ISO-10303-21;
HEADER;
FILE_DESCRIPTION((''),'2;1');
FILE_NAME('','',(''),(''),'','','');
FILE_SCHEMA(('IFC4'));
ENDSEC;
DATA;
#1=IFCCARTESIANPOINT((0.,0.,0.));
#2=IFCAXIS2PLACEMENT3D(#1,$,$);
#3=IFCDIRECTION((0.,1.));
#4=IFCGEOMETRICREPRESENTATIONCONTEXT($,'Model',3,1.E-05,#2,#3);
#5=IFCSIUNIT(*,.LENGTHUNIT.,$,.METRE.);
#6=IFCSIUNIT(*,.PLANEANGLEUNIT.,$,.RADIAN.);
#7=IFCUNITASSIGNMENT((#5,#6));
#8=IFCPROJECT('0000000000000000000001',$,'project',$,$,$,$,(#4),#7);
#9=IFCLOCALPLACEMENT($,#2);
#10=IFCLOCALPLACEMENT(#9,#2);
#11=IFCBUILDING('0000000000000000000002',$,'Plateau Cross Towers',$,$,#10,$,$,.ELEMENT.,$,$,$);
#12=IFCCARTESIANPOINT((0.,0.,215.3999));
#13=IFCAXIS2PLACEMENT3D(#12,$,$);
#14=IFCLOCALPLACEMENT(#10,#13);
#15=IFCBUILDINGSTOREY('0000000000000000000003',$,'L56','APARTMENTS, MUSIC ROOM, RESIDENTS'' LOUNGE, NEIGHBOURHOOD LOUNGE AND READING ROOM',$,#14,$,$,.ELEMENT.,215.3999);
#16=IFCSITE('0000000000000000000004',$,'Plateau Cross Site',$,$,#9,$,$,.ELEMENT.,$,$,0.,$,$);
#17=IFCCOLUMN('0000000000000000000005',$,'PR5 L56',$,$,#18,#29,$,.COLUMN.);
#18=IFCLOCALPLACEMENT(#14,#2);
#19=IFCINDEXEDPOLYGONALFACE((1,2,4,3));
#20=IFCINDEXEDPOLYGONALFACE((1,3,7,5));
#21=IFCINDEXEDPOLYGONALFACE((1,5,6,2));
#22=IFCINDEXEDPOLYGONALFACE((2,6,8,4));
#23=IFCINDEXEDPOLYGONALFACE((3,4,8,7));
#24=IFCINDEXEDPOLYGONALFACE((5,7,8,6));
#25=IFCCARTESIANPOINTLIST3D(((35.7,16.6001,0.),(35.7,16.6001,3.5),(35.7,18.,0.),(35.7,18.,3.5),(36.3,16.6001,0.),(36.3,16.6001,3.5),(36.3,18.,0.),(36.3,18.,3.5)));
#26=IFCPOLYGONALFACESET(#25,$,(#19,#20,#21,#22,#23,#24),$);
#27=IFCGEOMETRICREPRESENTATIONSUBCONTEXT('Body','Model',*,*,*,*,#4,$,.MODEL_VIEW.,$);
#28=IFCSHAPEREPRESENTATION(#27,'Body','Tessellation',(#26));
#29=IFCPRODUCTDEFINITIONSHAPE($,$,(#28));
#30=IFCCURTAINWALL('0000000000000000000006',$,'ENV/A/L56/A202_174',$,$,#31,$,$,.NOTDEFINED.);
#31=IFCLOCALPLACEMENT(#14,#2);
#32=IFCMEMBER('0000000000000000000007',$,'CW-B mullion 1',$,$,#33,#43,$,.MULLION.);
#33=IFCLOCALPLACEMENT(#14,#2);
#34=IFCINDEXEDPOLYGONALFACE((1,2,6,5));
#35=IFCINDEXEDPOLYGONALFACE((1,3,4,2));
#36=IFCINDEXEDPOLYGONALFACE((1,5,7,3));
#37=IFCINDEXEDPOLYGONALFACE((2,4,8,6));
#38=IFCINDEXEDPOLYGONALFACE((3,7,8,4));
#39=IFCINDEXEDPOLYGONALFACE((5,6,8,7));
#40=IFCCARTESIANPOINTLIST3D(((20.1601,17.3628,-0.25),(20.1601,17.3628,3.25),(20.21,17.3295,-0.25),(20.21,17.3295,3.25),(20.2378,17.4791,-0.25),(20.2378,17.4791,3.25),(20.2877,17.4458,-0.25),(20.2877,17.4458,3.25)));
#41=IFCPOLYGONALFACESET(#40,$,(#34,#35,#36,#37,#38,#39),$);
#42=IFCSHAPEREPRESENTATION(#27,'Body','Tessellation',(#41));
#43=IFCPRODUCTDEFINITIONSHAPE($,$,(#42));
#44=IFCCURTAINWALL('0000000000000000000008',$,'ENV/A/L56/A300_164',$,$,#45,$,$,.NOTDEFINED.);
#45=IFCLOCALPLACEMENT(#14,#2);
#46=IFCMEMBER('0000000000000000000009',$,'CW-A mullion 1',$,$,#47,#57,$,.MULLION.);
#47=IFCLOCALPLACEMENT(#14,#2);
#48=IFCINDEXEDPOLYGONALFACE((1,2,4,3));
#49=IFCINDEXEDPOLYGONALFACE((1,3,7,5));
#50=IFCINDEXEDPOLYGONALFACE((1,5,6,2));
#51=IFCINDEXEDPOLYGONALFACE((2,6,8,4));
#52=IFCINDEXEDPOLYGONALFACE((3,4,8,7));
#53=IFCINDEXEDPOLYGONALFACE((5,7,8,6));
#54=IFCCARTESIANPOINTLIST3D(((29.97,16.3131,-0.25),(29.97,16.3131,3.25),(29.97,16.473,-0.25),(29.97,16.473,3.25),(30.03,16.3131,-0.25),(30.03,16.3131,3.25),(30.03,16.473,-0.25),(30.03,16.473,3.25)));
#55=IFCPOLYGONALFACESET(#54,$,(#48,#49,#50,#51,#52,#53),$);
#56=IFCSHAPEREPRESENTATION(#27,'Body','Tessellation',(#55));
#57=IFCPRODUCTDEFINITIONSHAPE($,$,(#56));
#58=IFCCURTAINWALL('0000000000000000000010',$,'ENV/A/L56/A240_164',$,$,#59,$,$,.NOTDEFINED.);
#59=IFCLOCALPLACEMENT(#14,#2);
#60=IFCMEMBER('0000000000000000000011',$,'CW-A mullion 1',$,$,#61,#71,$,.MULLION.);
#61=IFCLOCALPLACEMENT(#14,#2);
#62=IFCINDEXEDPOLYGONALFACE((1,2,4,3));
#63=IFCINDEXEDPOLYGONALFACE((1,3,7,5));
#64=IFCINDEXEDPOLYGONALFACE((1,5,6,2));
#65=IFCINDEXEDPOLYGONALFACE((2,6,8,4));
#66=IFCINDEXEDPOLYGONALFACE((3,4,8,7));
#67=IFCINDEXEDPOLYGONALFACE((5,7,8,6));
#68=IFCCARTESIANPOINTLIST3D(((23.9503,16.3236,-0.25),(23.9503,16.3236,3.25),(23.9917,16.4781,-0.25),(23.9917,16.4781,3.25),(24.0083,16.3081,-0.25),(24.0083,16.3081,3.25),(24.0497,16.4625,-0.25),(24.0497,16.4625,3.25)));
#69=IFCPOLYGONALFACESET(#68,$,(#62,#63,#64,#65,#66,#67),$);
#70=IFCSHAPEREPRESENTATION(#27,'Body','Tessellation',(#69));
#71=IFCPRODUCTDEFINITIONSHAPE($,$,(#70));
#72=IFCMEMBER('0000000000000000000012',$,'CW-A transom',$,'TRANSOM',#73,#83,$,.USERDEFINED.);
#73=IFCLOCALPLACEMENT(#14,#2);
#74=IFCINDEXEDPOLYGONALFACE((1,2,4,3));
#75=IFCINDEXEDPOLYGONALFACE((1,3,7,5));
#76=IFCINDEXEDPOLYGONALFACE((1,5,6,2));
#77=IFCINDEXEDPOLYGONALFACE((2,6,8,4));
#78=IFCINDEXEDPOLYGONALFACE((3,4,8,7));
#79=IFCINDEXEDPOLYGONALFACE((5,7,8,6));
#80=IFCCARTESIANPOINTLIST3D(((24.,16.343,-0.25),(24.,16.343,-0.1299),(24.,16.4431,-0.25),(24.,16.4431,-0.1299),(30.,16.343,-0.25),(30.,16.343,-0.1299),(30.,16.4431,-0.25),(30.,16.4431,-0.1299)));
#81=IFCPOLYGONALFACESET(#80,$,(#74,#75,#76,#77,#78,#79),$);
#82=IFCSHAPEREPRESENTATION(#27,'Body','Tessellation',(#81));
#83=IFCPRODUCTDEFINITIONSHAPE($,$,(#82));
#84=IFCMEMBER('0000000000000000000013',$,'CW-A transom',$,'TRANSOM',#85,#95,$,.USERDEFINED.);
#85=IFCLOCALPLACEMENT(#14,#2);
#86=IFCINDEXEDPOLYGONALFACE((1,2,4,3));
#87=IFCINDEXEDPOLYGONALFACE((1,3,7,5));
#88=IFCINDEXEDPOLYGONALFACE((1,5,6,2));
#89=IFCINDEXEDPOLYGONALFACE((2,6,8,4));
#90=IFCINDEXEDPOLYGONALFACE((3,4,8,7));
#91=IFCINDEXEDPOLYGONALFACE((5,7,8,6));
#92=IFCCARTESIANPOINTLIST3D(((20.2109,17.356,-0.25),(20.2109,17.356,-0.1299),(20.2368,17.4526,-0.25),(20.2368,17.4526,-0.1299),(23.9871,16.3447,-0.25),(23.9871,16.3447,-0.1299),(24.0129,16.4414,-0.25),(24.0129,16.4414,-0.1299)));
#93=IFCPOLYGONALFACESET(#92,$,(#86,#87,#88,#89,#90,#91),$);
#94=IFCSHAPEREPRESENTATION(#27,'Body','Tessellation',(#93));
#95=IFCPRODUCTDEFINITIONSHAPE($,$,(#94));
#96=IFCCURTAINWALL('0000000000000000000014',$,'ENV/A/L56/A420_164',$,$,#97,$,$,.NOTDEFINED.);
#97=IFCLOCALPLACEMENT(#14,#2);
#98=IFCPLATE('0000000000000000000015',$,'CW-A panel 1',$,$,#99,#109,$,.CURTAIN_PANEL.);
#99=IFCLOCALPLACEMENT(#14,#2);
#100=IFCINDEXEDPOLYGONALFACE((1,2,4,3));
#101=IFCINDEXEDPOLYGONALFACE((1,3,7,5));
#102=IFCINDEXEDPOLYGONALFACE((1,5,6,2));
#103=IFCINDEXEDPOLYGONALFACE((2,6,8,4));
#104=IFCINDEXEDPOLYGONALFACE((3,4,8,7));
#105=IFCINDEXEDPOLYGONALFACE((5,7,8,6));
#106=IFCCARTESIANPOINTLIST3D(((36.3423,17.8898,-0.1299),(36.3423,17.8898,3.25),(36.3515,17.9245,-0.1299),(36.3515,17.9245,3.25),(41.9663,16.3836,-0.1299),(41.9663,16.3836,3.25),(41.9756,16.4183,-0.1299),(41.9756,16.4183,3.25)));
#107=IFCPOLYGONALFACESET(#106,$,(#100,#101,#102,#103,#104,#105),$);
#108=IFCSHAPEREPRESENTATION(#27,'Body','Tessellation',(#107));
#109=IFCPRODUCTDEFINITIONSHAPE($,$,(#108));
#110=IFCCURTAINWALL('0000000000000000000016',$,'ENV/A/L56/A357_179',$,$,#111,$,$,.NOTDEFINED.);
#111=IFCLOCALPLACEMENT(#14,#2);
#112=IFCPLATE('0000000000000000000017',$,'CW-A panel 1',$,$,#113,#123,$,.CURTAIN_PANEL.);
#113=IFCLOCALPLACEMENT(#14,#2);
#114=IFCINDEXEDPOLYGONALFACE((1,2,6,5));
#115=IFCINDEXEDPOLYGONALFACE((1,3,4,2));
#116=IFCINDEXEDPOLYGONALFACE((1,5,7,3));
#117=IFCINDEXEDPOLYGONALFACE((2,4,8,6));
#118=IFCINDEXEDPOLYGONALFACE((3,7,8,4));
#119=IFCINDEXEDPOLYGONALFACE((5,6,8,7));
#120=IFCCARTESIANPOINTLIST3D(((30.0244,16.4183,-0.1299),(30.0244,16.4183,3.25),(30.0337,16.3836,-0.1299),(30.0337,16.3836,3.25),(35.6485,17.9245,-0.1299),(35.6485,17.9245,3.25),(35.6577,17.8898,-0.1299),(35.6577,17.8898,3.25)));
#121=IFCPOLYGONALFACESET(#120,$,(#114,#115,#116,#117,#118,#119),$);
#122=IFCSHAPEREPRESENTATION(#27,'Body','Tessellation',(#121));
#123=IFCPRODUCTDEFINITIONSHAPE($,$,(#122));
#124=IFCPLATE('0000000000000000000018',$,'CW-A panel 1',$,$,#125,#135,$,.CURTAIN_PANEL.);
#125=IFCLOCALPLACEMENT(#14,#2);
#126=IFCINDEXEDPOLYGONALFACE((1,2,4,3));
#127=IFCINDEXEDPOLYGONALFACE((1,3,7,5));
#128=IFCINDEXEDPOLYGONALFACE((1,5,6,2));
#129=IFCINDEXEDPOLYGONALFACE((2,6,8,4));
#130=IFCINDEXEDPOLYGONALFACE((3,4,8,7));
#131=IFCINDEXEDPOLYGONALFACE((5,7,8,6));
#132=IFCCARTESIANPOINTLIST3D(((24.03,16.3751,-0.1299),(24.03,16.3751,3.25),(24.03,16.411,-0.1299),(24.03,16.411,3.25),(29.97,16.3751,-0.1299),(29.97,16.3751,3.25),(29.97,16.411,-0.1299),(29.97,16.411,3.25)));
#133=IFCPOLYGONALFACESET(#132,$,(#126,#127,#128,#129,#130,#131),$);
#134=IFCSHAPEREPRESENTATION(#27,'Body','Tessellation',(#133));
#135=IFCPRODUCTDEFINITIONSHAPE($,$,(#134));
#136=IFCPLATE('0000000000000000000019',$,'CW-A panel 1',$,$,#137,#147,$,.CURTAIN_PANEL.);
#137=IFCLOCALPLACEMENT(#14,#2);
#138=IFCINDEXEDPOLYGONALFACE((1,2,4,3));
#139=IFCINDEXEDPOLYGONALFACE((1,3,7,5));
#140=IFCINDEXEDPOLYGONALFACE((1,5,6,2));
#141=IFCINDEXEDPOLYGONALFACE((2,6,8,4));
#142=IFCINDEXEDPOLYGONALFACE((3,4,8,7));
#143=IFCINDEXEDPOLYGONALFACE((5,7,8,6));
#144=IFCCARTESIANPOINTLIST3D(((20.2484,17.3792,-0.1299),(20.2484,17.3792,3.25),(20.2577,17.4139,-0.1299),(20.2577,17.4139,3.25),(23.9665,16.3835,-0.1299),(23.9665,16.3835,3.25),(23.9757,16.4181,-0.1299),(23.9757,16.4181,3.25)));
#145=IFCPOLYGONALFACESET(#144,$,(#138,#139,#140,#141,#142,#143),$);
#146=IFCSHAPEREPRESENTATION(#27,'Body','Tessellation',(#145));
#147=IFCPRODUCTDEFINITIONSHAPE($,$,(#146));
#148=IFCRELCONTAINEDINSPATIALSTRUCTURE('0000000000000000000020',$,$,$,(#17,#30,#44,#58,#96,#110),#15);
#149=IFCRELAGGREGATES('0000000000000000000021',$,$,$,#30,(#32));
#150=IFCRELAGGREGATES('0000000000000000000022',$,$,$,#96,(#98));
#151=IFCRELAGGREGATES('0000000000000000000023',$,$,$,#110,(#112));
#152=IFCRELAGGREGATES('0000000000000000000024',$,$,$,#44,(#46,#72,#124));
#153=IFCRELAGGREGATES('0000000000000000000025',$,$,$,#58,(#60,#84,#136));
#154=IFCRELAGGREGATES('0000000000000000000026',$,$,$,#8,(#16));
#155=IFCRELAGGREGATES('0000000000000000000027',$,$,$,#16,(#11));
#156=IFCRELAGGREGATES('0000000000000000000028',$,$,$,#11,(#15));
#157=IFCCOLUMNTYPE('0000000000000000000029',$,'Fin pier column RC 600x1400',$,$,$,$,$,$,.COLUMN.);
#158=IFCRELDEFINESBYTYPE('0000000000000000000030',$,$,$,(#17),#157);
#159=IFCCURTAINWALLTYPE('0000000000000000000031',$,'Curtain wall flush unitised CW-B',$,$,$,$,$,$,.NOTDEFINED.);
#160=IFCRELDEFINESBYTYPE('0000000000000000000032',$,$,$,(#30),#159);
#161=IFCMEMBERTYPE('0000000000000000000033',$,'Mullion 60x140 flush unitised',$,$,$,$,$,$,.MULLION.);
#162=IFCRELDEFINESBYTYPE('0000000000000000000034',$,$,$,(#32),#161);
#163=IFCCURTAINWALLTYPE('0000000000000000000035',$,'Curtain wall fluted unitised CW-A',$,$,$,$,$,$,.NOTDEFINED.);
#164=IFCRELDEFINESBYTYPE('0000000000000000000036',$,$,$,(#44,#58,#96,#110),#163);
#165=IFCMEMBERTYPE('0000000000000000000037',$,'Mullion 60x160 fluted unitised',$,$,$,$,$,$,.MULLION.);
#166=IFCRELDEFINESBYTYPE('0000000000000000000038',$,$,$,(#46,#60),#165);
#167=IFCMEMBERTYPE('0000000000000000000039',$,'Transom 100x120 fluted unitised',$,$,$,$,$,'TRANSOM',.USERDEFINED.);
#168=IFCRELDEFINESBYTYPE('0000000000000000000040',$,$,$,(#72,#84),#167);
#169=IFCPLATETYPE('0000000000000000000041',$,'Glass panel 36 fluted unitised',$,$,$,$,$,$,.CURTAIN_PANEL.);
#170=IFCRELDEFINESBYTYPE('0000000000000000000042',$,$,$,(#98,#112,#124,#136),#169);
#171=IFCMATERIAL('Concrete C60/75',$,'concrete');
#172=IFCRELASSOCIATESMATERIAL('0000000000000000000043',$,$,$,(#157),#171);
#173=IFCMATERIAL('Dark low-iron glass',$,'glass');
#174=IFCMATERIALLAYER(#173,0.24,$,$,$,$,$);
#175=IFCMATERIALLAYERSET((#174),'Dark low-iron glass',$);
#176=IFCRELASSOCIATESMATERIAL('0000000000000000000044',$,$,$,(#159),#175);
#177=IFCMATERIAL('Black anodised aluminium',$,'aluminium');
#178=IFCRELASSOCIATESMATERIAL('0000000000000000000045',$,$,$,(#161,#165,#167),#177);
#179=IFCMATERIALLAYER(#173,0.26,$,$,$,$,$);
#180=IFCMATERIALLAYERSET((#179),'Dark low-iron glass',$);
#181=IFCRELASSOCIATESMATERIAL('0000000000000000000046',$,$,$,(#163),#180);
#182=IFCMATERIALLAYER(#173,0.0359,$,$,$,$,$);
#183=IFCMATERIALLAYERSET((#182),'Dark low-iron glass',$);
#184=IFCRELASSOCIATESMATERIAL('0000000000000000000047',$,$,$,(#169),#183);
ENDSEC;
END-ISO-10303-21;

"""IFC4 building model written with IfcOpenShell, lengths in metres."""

from ifc_helpers import new_model, si_unit, direction, frame, origin, origin_2d, place, context, subcontext, project, spatial, rectangle, extrude, material, layer, layer_set, material_profile, profile_set, type_object, element, aggregate, save


model = new_model("IFC4")

# Units and contexts
model_context = context("Model", 3, precision=1e-05, world=origin(), true_north=direction((0.0, 1.0)))
body_context = subcontext(model_context, "Body", "Model", "MODEL_VIEW")
ifc_project = project(units=[si_unit("LENGTHUNIT", "METRE"), si_unit("PLANEANGLEUNIT", "RADIAN")], contexts=[model_context])

# Site, building, storey
site_placement = place(None, origin())
site = spatial("IfcSite", under=ifc_project, at=site_placement, Name="Plateau Cross Site", CompositionType="ELEMENT", RefElevation=0.0)
building_placement = place(site_placement, origin())
building = spatial("IfcBuilding", under=site, at=building_placement, Name="Plateau Cross Towers", CompositionType="ELEMENT")
storey_placement = place(building_placement, frame((0.0, 0.0, 215.3999)))
storey = spatial("IfcBuildingStorey", under=building, at=storey_placement, Name="L56", Description="APARTMENTS, MUSIC ROOM, RESIDENTS' LOUNGE, NEIGHBOURHOOD LOUNGE AND READING ROOM", CompositionType="ELEMENT", Elevation=215.3999)

# Column
ifc_material_1 = material(Name="Concrete C60/75", Category="concrete")
ifc_material_profile_1 = material_profile(ifc_material_1, rectangle(XDim=0.6001, YDim=1.3999, at=origin_2d()), Name="RC 600x1400")
ifc_profile_set_1 = profile_set([ifc_material_profile_1], Name="Concrete C60/75")
column_type = type_object("IfcColumnType", Name="Fin pier column RC 600x1400", PredefinedType="COLUMN", material=ifc_profile_set_1)
column_placement = place(storey_placement, frame((36.0, 17.3, 0.0), z_axis=(0.0, 0.0, 1.0), x_axis=(1.0, 0.0, 0.0)))
element("IfcColumn", 1, at=column_placement, inside=storey, type_object=column_type, Name="PR5 L56", PredefinedType="COLUMN", context=body_context, shape_type="SweptSolid", body=[
    extrude(rectangle(XDim=0.6001, YDim=1.3999, at=origin_2d()), origin(), (0.0, 0.0, 1.0), 3.5),
])

# Curtain walls, members
ifc_material_2 = material(Name="Dark low-iron glass", Category="glass")
ifc_layer_1 = layer(ifc_material_2, 0.24)
ifc_layer_set_1 = layer_set([ifc_layer_1], Name="Dark low-iron glass")
curtain_wall_type_1 = type_object("IfcCurtainWallType", Name="Curtain wall flush unitised CW-B", PredefinedType="NOTDEFINED", material=ifc_layer_set_1)
curtain_wall_1_placement = place(storey_placement, origin())
curtain_wall_1 = element("IfcCurtainWall", 2, at=curtain_wall_1_placement, inside=storey, type_object=curtain_wall_type_1, Name="ENV/A/L56/A202_174", PredefinedType="NOTDEFINED")
ifc_material_3 = material(Name="Black anodised aluminium", Category="aluminium")
ifc_material_profile_2 = material_profile(ifc_material_3, rectangle(XDim=0.0601, YDim=0.1399, at=origin_2d()), Name="MULLION 60x140")
ifc_profile_set_2 = profile_set([ifc_material_profile_2], Name="Black anodised aluminium")
member_type_1 = type_object("IfcMemberType", Name="Mullion 60x140 flush unitised", PredefinedType="MULLION", material=ifc_profile_set_2)
member_1_placement = place(storey_placement, frame((20.2239, 17.4043, -0.25), z_axis=(0.0, 0.0, 1.0), x_axis=(-0.831521, 0.555493, 0.0)))
member_1 = element("IfcMember", 3, at=member_1_placement, type_object=member_type_1, Name="CW-B mullion 1", PredefinedType="MULLION", context=body_context, shape_type="SweptSolid", body=[
    extrude(rectangle(XDim=0.0601, YDim=0.1399, at=origin_2d()), origin(), (0.0, 0.0, 1.0), 3.5),
])
aggregate(curtain_wall_1, [member_1])
ifc_layer_2 = layer(ifc_material_2, 0.26)
ifc_layer_set_2 = layer_set([ifc_layer_2], Name="Dark low-iron glass")
curtain_wall_type_2 = type_object("IfcCurtainWallType", Name="Curtain wall fluted unitised CW-A", PredefinedType="NOTDEFINED", material=ifc_layer_set_2)
curtain_wall_2_placement = place(storey_placement, origin())
curtain_wall_2 = element("IfcCurtainWall", 4, at=curtain_wall_2_placement, inside=storey, type_object=curtain_wall_type_2, Name="ENV/A/L56/A300_164", PredefinedType="NOTDEFINED")
ifc_material_profile_3 = material_profile(ifc_material_3, rectangle(XDim=0.0601, YDim=0.1599, at=origin_2d()), Name="MULLION 60x160")
ifc_profile_set_3 = profile_set([ifc_material_profile_3], Name="Black anodised aluminium")
member_type_2 = type_object("IfcMemberType", Name="Mullion 60x160 fluted unitised", PredefinedType="MULLION", material=ifc_profile_set_3)
member_2_placement = place(storey_placement, frame((30.0, 16.3931, -0.25), z_axis=(0.0, 0.0, 1.0), x_axis=(-1.0, 0.0, 0.0)))
member_2 = element("IfcMember", 5, at=member_2_placement, type_object=member_type_2, Name="CW-A mullion 1", PredefinedType="MULLION", context=body_context, shape_type="SweptSolid", body=[
    extrude(rectangle(XDim=0.0601, YDim=0.1599, at=origin_2d()), origin(), (0.0, 0.0, 1.0), 3.5),
])
curtain_wall_3_placement = place(storey_placement, origin())
curtain_wall_3 = element("IfcCurtainWall", 6, at=curtain_wall_3_placement, inside=storey, type_object=curtain_wall_type_2, Name="ENV/A/L56/A240_164", PredefinedType="NOTDEFINED")
member_3_placement = place(storey_placement, frame((24.0, 16.3931, -0.25), z_axis=(0.0, 0.0, 1.0), x_axis=(-0.965958, 0.258699, 0.0)))
member_3 = element("IfcMember", 7, at=member_3_placement, type_object=member_type_2, Name="CW-A mullion 1", PredefinedType="MULLION", context=body_context, shape_type="SweptSolid", body=[
    extrude(rectangle(XDim=0.0601, YDim=0.1599, at=origin_2d()), origin(), (0.0, 0.0, 1.0), 3.5),
])

# Members
ifc_material_profile_4 = material_profile(ifc_material_3, rectangle(XDim=0.1001, YDim=0.1201, at=origin_2d()), Name="TRANSOM 100x120")
ifc_profile_set_4 = profile_set([ifc_material_profile_4], Name="Black anodised aluminium")
member_type_3 = type_object("IfcMemberType", Name="Transom 100x120 fluted unitised", ElementType="TRANSOM", PredefinedType="USERDEFINED", material=ifc_profile_set_4)
member_4_placement = place(storey_placement, frame((30.0, 16.3931, -0.1899), z_axis=(-1.0, 0.0, 0.0), x_axis=(0.0, -1.0, 0.0)))
member_4 = element("IfcMember", 8, at=member_4_placement, type_object=member_type_3, Name="CW-A transom", ObjectType="TRANSOM", PredefinedType="USERDEFINED", context=body_context, shape_type="SweptSolid", body=[
    extrude(rectangle(XDim=0.1001, YDim=0.1201, at=origin_2d()), origin(), (0.0, 0.0, 1.0), 6.0),
])
member_5_placement = place(storey_placement, frame((24.0, 16.3931, -0.1899), z_axis=(-0.965963, 0.258681, 0.0), x_axis=(-0.258681, -0.965963, 0.0)))
member_5 = element("IfcMember", 9, at=member_5_placement, type_object=member_type_3, Name="CW-A transom", ObjectType="TRANSOM", PredefinedType="USERDEFINED", context=body_context, shape_type="SweptSolid", body=[
    extrude(rectangle(XDim=0.1001, YDim=0.1201, at=origin_2d()), origin(), (0.0, 0.0, 1.0), 3.9092),
])

# Curtain walls, plates
curtain_wall_4_placement = place(storey_placement, origin())
curtain_wall_4 = element("IfcCurtainWall", 10, at=curtain_wall_4_placement, inside=storey, type_object=curtain_wall_type_2, Name="ENV/A/L56/A420_164", PredefinedType="NOTDEFINED")
ifc_layer_3 = layer(ifc_material_2, 0.0359)
ifc_layer_set_3 = layer_set([ifc_layer_3], Name="Dark low-iron glass")
plate_type = type_object("IfcPlateType", Name="Glass panel 36 fluted unitised", PredefinedType="CURTAIN_PANEL", material=ifc_layer_set_3)
plate_1_placement = place(storey_placement, frame((39.1589, 17.1541, -0.1299), z_axis=(0.0, 0.0, 1.0), x_axis=(-0.965958, 0.258699, 0.0)))
plate_1 = element("IfcPlate", 11, at=plate_1_placement, type_object=plate_type, Name="CW-A panel 1", PredefinedType="CURTAIN_PANEL", context=body_context, shape_type="SweptSolid", body=[
    extrude(rectangle(XDim=5.8223, YDim=0.0359, at=origin_2d()), origin(), (0.0, 0.0, 1.0), 3.3799),
])
aggregate(curtain_wall_4, [plate_1])
curtain_wall_5_placement = place(storey_placement, origin())
curtain_wall_5 = element("IfcCurtainWall", 12, at=curtain_wall_5_placement, inside=storey, type_object=curtain_wall_type_2, Name="ENV/A/L56/A357_179", PredefinedType="NOTDEFINED")
plate_2_placement = place(storey_placement, frame((32.8411, 17.1541, -0.1299), z_axis=(0.0, 0.0, 1.0), x_axis=(-0.965958, -0.258699, 0.0)))
plate_2 = element("IfcPlate", 13, at=plate_2_placement, type_object=plate_type, Name="CW-A panel 1", PredefinedType="CURTAIN_PANEL", context=body_context, shape_type="SweptSolid", body=[
    extrude(rectangle(XDim=5.8223, YDim=0.0359, at=origin_2d()), origin(), (0.0, 0.0, 1.0), 3.3799),
])
aggregate(curtain_wall_5, [plate_2])

# Plates
plate_3_placement = place(storey_placement, frame((27.0, 16.3931, -0.1299), z_axis=(0.0, 0.0, 1.0), x_axis=(-1.0, 0.0, 0.0)))
plate_3 = element("IfcPlate", 14, at=plate_3_placement, type_object=plate_type, Name="CW-A panel 1", PredefinedType="CURTAIN_PANEL", context=body_context, shape_type="SweptSolid", body=[
    extrude(rectangle(XDim=5.9399, YDim=0.0359, at=origin_2d()), origin(), (0.0, 0.0, 1.0), 3.3799),
])
aggregate(curtain_wall_2, [member_2, member_4, plate_3])
plate_4_placement = place(storey_placement, frame((22.1121, 16.8987, -0.1299), z_axis=(0.0, 0.0, 1.0), x_axis=(-0.965958, 0.258699, 0.0)))
plate_4 = element("IfcPlate", 15, at=plate_4_placement, type_object=plate_type, Name="CW-A panel 1", PredefinedType="CURTAIN_PANEL", context=body_context, shape_type="SweptSolid", body=[
    extrude(rectangle(XDim=3.8491, YDim=0.0359, at=origin_2d()), origin(), (0.0, 0.0, 1.0), 3.3799),
])
aggregate(curtain_wall_3, [member_3, member_5, plate_4])

save(model, "model.ifc")
